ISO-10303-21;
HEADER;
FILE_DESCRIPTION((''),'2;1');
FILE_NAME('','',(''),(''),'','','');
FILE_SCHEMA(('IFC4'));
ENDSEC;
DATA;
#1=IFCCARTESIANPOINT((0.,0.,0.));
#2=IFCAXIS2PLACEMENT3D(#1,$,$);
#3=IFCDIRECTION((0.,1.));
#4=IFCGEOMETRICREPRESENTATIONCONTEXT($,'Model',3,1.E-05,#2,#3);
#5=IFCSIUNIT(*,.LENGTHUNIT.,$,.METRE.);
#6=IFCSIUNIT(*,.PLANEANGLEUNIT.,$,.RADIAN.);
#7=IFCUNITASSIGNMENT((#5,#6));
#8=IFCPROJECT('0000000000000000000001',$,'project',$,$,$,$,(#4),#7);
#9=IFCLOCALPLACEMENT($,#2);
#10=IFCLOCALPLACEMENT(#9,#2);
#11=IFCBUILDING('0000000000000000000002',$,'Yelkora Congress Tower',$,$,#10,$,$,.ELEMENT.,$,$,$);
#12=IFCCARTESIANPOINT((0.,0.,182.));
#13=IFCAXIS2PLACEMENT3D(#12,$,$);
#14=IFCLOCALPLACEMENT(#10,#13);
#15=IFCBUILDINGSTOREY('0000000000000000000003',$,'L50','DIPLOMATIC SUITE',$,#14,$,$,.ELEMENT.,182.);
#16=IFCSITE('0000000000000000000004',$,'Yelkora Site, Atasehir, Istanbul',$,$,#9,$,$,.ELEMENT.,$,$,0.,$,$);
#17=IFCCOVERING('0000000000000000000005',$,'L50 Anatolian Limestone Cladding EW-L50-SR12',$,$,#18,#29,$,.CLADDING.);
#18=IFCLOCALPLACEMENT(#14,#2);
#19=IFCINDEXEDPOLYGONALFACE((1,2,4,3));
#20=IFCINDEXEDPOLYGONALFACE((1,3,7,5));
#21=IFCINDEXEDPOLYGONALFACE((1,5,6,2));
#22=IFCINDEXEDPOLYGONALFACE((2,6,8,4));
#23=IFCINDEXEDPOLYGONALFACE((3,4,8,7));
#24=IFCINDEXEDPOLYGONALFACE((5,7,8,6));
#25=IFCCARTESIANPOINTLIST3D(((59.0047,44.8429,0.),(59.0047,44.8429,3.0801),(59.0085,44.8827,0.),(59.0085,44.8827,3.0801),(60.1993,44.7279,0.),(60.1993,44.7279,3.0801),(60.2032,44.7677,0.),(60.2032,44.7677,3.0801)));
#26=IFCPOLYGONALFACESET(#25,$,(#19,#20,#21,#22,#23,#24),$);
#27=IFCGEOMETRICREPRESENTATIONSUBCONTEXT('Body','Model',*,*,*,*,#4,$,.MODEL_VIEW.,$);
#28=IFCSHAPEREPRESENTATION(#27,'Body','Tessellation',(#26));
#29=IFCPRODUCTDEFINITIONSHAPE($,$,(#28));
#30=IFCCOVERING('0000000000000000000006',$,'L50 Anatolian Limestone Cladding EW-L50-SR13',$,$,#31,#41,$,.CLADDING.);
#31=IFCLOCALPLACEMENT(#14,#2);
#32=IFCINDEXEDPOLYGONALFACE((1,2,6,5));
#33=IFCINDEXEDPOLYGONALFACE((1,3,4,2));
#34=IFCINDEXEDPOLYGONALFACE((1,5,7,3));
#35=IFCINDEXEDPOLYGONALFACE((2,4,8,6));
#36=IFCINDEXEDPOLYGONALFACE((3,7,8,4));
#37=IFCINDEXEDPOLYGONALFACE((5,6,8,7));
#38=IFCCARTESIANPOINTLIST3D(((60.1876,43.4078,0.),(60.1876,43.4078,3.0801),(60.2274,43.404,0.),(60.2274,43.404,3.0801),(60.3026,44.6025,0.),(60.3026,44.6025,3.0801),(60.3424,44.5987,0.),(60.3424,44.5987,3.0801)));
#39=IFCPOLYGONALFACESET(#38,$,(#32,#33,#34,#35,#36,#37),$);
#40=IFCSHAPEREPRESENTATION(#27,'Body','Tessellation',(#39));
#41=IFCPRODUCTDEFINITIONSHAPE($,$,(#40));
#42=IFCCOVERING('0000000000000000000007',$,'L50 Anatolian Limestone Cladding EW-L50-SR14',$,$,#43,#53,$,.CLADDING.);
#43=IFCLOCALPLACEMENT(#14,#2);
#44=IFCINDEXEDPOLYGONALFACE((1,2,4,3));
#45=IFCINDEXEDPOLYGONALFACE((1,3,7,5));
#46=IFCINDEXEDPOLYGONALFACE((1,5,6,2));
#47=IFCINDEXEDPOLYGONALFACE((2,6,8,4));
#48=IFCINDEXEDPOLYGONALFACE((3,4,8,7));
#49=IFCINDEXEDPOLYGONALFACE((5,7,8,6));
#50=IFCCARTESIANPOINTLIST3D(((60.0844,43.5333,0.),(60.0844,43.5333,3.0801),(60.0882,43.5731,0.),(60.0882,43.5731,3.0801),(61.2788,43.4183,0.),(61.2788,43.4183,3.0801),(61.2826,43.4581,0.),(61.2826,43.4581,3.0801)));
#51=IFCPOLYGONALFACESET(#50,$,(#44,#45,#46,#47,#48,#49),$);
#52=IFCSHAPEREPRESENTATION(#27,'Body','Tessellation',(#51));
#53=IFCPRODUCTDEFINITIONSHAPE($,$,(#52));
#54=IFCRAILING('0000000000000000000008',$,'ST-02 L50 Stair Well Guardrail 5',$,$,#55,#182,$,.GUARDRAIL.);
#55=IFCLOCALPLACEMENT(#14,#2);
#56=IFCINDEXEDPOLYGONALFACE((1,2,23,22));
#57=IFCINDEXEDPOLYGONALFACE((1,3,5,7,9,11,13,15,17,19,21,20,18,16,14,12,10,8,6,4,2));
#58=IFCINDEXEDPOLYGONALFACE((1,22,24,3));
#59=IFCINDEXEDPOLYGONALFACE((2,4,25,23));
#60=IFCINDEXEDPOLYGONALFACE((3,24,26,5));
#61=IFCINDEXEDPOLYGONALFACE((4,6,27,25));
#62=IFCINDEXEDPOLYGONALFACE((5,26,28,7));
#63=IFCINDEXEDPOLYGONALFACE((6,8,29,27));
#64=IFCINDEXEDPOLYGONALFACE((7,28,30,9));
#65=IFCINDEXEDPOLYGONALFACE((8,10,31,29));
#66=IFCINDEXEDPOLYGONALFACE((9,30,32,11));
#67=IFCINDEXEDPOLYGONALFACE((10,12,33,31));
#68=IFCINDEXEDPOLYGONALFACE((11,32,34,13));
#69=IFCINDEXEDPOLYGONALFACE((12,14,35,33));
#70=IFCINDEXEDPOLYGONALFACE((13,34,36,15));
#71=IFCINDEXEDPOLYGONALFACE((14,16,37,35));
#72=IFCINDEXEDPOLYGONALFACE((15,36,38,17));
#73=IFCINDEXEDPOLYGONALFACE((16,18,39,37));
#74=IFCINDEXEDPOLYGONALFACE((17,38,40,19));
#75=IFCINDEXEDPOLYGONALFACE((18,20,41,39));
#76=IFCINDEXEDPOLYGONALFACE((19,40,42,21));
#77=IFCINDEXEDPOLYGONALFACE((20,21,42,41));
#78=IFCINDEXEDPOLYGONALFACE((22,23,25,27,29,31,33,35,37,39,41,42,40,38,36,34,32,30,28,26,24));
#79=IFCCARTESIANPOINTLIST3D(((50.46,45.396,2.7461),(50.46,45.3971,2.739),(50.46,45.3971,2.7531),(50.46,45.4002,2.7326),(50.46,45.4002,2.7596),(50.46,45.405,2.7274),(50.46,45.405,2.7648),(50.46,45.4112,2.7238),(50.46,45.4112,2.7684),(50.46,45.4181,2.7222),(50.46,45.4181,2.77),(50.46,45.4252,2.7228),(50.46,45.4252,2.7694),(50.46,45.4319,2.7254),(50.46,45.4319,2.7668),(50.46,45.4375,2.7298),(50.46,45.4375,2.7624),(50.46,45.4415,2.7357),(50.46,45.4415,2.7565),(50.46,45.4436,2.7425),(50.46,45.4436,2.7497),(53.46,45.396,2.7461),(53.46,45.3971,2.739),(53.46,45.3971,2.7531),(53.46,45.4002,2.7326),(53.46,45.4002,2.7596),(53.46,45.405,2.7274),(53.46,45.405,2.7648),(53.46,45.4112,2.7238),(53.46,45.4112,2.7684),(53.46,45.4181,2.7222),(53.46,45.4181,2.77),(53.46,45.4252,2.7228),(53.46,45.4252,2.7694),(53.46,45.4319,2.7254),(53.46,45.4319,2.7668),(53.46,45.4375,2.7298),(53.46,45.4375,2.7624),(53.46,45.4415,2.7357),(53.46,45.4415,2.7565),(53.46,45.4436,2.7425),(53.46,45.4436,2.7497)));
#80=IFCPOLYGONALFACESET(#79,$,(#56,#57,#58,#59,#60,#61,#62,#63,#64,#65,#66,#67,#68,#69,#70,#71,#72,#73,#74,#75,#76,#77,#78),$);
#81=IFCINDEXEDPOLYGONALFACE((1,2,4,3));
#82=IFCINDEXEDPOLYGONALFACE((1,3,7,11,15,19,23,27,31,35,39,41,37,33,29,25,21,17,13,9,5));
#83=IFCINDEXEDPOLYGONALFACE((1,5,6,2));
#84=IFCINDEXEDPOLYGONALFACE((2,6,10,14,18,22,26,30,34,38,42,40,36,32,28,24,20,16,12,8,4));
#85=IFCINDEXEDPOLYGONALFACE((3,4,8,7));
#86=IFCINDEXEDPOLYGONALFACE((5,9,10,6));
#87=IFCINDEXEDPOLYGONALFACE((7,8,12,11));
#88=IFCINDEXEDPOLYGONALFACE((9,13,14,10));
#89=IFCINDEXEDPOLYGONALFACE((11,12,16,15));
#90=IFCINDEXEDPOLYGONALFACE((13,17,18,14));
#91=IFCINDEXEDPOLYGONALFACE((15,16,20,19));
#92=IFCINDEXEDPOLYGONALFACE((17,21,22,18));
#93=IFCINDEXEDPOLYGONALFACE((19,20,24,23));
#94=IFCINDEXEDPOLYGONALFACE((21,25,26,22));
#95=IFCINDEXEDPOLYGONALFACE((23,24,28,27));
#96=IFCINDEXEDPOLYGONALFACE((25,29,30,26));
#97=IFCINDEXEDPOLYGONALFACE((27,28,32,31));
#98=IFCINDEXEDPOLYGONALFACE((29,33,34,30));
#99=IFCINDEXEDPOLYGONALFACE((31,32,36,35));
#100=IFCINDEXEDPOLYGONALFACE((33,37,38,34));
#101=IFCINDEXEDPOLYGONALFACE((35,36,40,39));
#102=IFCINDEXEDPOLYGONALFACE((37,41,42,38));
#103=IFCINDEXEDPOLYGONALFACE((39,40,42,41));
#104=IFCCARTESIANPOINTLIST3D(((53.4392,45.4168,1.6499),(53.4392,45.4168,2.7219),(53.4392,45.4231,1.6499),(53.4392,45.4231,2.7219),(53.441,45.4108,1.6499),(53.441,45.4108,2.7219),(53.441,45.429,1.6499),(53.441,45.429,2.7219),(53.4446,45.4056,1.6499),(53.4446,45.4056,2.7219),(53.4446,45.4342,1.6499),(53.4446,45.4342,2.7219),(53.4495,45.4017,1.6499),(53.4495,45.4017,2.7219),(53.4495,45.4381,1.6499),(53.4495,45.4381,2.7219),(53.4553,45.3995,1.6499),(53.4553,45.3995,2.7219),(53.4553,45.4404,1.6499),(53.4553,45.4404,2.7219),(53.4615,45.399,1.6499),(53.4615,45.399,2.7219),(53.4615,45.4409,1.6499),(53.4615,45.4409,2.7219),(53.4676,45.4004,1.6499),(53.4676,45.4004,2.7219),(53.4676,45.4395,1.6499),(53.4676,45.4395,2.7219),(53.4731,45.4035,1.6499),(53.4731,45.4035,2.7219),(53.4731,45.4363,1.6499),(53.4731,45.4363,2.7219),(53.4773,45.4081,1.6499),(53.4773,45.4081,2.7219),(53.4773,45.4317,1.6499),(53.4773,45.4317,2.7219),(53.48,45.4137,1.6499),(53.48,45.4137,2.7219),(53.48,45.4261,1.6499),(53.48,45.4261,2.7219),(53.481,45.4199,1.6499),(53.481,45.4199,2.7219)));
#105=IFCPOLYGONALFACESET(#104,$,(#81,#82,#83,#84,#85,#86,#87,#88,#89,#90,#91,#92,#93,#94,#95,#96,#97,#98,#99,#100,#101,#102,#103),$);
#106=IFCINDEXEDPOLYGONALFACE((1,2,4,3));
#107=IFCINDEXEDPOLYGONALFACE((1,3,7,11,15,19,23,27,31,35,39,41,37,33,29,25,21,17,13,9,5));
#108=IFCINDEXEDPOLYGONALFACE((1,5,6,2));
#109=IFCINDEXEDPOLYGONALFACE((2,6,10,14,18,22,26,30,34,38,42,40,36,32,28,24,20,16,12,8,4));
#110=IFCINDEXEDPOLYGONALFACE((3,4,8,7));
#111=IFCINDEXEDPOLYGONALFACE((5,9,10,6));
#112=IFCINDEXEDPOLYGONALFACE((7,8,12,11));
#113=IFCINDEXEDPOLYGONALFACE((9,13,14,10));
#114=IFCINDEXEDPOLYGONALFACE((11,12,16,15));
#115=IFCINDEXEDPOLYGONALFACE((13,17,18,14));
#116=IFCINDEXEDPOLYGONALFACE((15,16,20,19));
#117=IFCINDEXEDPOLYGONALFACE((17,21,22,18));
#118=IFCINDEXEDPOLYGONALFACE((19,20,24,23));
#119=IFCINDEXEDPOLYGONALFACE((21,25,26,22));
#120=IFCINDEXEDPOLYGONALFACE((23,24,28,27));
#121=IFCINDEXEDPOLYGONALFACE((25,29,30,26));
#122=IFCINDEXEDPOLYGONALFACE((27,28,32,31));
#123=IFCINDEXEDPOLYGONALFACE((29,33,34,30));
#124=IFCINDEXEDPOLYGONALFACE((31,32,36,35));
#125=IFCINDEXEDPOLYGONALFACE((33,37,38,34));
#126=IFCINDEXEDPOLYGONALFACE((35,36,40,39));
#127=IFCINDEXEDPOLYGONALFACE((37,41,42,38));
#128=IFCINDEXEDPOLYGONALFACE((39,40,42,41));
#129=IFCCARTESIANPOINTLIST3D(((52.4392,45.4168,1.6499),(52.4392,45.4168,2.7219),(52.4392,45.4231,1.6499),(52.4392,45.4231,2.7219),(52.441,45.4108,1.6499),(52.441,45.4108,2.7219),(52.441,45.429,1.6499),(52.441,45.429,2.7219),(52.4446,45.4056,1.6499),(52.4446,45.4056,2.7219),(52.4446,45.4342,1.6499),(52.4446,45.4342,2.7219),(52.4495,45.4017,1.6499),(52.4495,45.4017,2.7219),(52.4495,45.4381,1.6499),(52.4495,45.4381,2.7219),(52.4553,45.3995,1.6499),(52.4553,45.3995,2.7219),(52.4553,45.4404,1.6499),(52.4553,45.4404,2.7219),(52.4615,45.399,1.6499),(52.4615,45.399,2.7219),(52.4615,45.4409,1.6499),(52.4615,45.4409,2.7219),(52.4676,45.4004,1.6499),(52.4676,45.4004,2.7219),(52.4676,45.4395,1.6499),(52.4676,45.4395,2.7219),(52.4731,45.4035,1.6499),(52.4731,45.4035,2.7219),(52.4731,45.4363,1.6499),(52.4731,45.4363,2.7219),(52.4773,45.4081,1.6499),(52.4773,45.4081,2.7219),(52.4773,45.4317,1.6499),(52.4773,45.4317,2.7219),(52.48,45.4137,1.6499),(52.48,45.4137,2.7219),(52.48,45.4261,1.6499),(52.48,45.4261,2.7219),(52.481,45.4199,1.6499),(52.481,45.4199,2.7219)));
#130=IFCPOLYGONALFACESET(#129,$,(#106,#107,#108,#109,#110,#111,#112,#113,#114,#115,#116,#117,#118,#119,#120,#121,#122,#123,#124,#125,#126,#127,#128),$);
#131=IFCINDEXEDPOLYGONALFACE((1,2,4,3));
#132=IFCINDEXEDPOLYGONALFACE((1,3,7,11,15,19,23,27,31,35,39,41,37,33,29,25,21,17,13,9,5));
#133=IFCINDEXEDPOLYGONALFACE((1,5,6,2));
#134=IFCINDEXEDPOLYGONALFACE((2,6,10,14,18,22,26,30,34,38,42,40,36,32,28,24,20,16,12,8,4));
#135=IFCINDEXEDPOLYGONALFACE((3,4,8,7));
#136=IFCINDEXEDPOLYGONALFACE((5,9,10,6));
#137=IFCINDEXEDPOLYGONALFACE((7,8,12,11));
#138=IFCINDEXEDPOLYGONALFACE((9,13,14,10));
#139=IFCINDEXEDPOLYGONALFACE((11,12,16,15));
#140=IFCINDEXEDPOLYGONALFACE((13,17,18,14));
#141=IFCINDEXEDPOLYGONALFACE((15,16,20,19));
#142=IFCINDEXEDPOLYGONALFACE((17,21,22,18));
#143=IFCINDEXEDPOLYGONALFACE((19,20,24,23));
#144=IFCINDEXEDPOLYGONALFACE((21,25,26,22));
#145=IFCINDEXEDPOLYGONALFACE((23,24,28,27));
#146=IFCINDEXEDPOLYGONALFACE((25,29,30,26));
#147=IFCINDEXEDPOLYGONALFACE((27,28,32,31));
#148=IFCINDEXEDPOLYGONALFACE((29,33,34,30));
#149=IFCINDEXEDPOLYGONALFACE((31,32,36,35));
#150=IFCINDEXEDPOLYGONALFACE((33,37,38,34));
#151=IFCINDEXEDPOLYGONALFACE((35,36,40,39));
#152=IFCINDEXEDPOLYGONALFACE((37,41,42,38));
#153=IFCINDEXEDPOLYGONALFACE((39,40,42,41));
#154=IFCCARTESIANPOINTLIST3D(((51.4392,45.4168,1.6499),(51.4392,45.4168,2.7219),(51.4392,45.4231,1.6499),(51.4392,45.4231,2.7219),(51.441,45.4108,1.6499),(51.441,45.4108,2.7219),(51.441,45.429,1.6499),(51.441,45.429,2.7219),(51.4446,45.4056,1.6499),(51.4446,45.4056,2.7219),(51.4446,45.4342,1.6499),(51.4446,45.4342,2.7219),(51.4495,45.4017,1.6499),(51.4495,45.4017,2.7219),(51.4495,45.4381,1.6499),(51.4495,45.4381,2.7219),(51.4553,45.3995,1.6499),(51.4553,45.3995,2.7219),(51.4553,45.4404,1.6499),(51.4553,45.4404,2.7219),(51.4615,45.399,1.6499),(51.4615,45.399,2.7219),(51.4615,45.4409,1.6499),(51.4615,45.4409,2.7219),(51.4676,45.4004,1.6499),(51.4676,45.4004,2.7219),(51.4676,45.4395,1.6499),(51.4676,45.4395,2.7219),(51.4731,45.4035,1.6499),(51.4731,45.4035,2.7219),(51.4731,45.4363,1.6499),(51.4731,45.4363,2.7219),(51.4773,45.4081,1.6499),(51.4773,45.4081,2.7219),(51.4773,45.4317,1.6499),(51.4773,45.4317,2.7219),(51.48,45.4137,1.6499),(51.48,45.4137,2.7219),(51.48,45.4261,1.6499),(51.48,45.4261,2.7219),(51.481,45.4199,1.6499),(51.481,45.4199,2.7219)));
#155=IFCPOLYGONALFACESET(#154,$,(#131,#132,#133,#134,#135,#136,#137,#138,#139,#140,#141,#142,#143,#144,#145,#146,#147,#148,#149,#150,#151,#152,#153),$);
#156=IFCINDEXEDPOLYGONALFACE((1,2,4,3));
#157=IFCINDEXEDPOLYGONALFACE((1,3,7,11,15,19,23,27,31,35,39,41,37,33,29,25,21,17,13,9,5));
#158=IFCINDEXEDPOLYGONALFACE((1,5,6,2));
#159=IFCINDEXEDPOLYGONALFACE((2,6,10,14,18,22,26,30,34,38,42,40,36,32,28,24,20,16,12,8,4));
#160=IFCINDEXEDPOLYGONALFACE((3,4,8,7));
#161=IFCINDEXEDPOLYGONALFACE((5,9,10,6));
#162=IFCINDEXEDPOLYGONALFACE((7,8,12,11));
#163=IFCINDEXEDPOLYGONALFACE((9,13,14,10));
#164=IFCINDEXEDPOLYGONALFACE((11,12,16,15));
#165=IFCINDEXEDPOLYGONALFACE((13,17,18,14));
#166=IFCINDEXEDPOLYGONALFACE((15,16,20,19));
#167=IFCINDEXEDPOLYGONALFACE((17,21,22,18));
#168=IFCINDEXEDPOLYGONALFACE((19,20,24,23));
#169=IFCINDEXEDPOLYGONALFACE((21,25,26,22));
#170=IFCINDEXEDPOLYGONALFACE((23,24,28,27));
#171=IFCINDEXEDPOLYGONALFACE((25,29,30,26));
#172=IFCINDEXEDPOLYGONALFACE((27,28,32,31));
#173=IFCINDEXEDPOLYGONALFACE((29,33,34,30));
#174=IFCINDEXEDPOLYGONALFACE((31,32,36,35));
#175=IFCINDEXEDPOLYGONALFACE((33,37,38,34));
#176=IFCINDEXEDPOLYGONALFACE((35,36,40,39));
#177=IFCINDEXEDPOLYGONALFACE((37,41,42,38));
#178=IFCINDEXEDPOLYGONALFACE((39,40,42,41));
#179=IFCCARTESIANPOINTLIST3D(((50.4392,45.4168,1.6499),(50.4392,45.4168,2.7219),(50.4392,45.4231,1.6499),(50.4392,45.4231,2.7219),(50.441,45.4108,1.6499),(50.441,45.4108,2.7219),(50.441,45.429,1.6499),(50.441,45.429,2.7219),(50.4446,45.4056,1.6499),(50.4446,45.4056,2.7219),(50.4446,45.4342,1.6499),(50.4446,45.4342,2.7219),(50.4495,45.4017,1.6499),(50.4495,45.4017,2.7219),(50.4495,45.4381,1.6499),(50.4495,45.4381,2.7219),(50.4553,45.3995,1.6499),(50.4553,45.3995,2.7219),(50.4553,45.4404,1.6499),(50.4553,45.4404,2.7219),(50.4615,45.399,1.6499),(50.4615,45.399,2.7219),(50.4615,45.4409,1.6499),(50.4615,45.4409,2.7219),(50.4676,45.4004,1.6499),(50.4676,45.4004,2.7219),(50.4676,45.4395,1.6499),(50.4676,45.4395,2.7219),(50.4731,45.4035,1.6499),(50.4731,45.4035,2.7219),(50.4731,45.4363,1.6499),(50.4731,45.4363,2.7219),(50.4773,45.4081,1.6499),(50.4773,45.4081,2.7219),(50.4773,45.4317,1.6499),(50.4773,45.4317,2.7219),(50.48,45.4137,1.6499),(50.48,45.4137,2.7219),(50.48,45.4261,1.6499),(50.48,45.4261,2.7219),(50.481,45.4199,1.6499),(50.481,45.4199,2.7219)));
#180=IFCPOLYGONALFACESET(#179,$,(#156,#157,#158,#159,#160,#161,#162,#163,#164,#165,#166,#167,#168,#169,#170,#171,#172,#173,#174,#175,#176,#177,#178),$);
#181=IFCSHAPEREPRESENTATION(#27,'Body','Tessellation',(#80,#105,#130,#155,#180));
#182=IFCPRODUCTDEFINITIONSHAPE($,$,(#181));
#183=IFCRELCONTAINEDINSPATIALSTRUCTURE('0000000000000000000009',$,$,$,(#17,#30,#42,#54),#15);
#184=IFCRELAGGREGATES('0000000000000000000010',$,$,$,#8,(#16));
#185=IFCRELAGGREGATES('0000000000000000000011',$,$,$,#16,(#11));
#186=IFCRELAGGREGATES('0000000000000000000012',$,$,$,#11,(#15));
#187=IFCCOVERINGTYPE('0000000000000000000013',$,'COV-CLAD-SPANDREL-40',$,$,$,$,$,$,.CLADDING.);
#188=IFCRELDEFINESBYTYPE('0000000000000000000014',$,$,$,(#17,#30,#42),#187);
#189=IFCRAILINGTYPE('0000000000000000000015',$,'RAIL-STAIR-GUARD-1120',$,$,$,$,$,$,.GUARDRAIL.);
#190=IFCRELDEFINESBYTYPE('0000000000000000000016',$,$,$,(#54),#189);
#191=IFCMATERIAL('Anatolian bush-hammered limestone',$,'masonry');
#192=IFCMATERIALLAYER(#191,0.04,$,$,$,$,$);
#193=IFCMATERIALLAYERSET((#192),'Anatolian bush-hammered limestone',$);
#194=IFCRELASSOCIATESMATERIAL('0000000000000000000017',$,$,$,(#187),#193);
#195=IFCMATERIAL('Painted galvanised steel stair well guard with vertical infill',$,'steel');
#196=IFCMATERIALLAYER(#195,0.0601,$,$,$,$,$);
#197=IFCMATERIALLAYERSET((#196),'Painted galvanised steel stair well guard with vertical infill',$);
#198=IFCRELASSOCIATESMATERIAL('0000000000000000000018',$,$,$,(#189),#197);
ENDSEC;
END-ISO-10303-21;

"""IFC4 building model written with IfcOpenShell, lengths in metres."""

from ifc_helpers import new_model, si_unit, direction, frame, frame_2d, origin, origin_2d, place, context, subcontext, project, spatial, rectangle, circle, extrude, material, layer, layer_set, type_object, element, save


model = new_model("IFC4")

# Units and contexts
model_context = context("Model", 3, precision=1e-05, world=origin(), true_north=direction((0.0, 1.0)))
body_context = subcontext(model_context, "Body", "Model", "MODEL_VIEW")
ifc_project = project(units=[si_unit("LENGTHUNIT", "METRE"), si_unit("PLANEANGLEUNIT", "RADIAN")], contexts=[model_context])

# Site, building, storey
site_placement = place(None, origin())
site = spatial("IfcSite", under=ifc_project, at=site_placement, Name="Yelkora Site, Atasehir, Istanbul", CompositionType="ELEMENT", RefElevation=0.0)
building_placement = place(site_placement, origin())
building = spatial("IfcBuilding", under=site, at=building_placement, Name="Yelkora Congress Tower", CompositionType="ELEMENT")
storey_placement = place(building_placement, frame((0.0, 0.0, 182.0)))
storey = spatial("IfcBuildingStorey", under=building, at=storey_placement, Name="L50", Description="DIPLOMATIC SUITE", CompositionType="ELEMENT", Elevation=182.0)

# Coverings
ifc_material_1 = material(Name="Anatolian bush-hammered limestone", Category="masonry")
ifc_layer_1 = layer(ifc_material_1, 0.04)
ifc_layer_set_1 = layer_set([ifc_layer_1], Name="Anatolian bush-hammered limestone")
covering_type = type_object("IfcCoveringType", Name="COV-CLAD-SPANDREL-40", PredefinedType="CLADDING", material=ifc_layer_set_1)
for number, where, z_axis, x_axis, name in (
    (1, (59.0066, 44.8628, 0.0), (0.0, 0.0, 1.0), (0.995399, -0.095817, 0.0), "L50 Anatolian Limestone Cladding EW-L50-SR12"),
    (2, (60.3225, 44.6006, 0.0), (0.0, 0.0, 1.0), (-0.095817, -0.995399, 0.0), "L50 Anatolian Limestone Cladding EW-L50-SR13"),
):
    element("IfcCovering", number, at=place(storey_placement, frame(where, z_axis=z_axis, x_axis=x_axis)), inside=storey, type_object=covering_type, Name=name, PredefinedType="CLADDING", context=body_context, shape_type="SweptSolid", body=[
        extrude(rectangle(XDim=1.2002, YDim=0.04, at=frame_2d((0.6001, 0.0))), origin(), (0.0, 0.0, 1.0), 3.0801),
    ])
covering_1_placement = place(storey_placement, frame((60.0862, 43.5532, 0.0), z_axis=(0.0, 0.0, 1.0), x_axis=(0.995397, -0.095836, 0.0)))
element("IfcCovering", 3, at=covering_1_placement, inside=storey, type_object=covering_type, Name="L50 Anatolian Limestone Cladding EW-L50-SR14", PredefinedType="CLADDING", context=body_context, shape_type="SweptSolid", body=[
    extrude(rectangle(XDim=1.2, YDim=0.04, at=frame_2d((0.6001, 0.0))), origin(), (0.0, 0.0, 1.0), 3.0801),
])

# Railing
ifc_material_2 = material(Name="Painted galvanised steel stair well guard with vertical infill", Category="steel")
ifc_layer_2 = layer(ifc_material_2, 0.0601)
ifc_layer_set_2 = layer_set([ifc_layer_2], Name="Painted galvanised steel stair well guard with vertical infill")
railing_type = type_object("IfcRailingType", Name="RAIL-STAIR-GUARD-1120", PredefinedType="GUARDRAIL", material=ifc_layer_set_2)
railing_1_placement = place(storey_placement, frame((53.46, 45.4199, 1.6499)))
element("IfcRailing", 4, at=railing_1_placement, inside=storey, type_object=railing_type, Name="ST-02 L50 Stair Well Guardrail 5", PredefinedType="GUARDRAIL", context=body_context, shape_type="SweptSolid", body=[
    extrude(circle(Radius=0.0239, at=origin_2d()), frame((0.0, 0.0, 1.0962), z_axis=(-1.0, 0.0, 0.0), x_axis=(0.0, -1.0, 0.0)), (0.0, 0.0, 1.0), 3.0),
    extrude(circle(Radius=0.021, at=origin_2d()), origin(), (0.0, 0.0, 1.0), 1.072),
    extrude(circle(Radius=0.021, at=origin_2d()), frame((-1.0, 0.0, 0.0)), (0.0, 0.0, 1.0), 1.072),
    extrude(circle(Radius=0.021, at=origin_2d()), frame((-2.0, 0.0, 0.0)), (0.0, 0.0, 1.0), 1.072),
    extrude(circle(Radius=0.021, at=origin_2d()), frame((-3.0, 0.0, 0.0)), (0.0, 0.0, 1.0), 1.072),
])

save(model, "model.ifc")
